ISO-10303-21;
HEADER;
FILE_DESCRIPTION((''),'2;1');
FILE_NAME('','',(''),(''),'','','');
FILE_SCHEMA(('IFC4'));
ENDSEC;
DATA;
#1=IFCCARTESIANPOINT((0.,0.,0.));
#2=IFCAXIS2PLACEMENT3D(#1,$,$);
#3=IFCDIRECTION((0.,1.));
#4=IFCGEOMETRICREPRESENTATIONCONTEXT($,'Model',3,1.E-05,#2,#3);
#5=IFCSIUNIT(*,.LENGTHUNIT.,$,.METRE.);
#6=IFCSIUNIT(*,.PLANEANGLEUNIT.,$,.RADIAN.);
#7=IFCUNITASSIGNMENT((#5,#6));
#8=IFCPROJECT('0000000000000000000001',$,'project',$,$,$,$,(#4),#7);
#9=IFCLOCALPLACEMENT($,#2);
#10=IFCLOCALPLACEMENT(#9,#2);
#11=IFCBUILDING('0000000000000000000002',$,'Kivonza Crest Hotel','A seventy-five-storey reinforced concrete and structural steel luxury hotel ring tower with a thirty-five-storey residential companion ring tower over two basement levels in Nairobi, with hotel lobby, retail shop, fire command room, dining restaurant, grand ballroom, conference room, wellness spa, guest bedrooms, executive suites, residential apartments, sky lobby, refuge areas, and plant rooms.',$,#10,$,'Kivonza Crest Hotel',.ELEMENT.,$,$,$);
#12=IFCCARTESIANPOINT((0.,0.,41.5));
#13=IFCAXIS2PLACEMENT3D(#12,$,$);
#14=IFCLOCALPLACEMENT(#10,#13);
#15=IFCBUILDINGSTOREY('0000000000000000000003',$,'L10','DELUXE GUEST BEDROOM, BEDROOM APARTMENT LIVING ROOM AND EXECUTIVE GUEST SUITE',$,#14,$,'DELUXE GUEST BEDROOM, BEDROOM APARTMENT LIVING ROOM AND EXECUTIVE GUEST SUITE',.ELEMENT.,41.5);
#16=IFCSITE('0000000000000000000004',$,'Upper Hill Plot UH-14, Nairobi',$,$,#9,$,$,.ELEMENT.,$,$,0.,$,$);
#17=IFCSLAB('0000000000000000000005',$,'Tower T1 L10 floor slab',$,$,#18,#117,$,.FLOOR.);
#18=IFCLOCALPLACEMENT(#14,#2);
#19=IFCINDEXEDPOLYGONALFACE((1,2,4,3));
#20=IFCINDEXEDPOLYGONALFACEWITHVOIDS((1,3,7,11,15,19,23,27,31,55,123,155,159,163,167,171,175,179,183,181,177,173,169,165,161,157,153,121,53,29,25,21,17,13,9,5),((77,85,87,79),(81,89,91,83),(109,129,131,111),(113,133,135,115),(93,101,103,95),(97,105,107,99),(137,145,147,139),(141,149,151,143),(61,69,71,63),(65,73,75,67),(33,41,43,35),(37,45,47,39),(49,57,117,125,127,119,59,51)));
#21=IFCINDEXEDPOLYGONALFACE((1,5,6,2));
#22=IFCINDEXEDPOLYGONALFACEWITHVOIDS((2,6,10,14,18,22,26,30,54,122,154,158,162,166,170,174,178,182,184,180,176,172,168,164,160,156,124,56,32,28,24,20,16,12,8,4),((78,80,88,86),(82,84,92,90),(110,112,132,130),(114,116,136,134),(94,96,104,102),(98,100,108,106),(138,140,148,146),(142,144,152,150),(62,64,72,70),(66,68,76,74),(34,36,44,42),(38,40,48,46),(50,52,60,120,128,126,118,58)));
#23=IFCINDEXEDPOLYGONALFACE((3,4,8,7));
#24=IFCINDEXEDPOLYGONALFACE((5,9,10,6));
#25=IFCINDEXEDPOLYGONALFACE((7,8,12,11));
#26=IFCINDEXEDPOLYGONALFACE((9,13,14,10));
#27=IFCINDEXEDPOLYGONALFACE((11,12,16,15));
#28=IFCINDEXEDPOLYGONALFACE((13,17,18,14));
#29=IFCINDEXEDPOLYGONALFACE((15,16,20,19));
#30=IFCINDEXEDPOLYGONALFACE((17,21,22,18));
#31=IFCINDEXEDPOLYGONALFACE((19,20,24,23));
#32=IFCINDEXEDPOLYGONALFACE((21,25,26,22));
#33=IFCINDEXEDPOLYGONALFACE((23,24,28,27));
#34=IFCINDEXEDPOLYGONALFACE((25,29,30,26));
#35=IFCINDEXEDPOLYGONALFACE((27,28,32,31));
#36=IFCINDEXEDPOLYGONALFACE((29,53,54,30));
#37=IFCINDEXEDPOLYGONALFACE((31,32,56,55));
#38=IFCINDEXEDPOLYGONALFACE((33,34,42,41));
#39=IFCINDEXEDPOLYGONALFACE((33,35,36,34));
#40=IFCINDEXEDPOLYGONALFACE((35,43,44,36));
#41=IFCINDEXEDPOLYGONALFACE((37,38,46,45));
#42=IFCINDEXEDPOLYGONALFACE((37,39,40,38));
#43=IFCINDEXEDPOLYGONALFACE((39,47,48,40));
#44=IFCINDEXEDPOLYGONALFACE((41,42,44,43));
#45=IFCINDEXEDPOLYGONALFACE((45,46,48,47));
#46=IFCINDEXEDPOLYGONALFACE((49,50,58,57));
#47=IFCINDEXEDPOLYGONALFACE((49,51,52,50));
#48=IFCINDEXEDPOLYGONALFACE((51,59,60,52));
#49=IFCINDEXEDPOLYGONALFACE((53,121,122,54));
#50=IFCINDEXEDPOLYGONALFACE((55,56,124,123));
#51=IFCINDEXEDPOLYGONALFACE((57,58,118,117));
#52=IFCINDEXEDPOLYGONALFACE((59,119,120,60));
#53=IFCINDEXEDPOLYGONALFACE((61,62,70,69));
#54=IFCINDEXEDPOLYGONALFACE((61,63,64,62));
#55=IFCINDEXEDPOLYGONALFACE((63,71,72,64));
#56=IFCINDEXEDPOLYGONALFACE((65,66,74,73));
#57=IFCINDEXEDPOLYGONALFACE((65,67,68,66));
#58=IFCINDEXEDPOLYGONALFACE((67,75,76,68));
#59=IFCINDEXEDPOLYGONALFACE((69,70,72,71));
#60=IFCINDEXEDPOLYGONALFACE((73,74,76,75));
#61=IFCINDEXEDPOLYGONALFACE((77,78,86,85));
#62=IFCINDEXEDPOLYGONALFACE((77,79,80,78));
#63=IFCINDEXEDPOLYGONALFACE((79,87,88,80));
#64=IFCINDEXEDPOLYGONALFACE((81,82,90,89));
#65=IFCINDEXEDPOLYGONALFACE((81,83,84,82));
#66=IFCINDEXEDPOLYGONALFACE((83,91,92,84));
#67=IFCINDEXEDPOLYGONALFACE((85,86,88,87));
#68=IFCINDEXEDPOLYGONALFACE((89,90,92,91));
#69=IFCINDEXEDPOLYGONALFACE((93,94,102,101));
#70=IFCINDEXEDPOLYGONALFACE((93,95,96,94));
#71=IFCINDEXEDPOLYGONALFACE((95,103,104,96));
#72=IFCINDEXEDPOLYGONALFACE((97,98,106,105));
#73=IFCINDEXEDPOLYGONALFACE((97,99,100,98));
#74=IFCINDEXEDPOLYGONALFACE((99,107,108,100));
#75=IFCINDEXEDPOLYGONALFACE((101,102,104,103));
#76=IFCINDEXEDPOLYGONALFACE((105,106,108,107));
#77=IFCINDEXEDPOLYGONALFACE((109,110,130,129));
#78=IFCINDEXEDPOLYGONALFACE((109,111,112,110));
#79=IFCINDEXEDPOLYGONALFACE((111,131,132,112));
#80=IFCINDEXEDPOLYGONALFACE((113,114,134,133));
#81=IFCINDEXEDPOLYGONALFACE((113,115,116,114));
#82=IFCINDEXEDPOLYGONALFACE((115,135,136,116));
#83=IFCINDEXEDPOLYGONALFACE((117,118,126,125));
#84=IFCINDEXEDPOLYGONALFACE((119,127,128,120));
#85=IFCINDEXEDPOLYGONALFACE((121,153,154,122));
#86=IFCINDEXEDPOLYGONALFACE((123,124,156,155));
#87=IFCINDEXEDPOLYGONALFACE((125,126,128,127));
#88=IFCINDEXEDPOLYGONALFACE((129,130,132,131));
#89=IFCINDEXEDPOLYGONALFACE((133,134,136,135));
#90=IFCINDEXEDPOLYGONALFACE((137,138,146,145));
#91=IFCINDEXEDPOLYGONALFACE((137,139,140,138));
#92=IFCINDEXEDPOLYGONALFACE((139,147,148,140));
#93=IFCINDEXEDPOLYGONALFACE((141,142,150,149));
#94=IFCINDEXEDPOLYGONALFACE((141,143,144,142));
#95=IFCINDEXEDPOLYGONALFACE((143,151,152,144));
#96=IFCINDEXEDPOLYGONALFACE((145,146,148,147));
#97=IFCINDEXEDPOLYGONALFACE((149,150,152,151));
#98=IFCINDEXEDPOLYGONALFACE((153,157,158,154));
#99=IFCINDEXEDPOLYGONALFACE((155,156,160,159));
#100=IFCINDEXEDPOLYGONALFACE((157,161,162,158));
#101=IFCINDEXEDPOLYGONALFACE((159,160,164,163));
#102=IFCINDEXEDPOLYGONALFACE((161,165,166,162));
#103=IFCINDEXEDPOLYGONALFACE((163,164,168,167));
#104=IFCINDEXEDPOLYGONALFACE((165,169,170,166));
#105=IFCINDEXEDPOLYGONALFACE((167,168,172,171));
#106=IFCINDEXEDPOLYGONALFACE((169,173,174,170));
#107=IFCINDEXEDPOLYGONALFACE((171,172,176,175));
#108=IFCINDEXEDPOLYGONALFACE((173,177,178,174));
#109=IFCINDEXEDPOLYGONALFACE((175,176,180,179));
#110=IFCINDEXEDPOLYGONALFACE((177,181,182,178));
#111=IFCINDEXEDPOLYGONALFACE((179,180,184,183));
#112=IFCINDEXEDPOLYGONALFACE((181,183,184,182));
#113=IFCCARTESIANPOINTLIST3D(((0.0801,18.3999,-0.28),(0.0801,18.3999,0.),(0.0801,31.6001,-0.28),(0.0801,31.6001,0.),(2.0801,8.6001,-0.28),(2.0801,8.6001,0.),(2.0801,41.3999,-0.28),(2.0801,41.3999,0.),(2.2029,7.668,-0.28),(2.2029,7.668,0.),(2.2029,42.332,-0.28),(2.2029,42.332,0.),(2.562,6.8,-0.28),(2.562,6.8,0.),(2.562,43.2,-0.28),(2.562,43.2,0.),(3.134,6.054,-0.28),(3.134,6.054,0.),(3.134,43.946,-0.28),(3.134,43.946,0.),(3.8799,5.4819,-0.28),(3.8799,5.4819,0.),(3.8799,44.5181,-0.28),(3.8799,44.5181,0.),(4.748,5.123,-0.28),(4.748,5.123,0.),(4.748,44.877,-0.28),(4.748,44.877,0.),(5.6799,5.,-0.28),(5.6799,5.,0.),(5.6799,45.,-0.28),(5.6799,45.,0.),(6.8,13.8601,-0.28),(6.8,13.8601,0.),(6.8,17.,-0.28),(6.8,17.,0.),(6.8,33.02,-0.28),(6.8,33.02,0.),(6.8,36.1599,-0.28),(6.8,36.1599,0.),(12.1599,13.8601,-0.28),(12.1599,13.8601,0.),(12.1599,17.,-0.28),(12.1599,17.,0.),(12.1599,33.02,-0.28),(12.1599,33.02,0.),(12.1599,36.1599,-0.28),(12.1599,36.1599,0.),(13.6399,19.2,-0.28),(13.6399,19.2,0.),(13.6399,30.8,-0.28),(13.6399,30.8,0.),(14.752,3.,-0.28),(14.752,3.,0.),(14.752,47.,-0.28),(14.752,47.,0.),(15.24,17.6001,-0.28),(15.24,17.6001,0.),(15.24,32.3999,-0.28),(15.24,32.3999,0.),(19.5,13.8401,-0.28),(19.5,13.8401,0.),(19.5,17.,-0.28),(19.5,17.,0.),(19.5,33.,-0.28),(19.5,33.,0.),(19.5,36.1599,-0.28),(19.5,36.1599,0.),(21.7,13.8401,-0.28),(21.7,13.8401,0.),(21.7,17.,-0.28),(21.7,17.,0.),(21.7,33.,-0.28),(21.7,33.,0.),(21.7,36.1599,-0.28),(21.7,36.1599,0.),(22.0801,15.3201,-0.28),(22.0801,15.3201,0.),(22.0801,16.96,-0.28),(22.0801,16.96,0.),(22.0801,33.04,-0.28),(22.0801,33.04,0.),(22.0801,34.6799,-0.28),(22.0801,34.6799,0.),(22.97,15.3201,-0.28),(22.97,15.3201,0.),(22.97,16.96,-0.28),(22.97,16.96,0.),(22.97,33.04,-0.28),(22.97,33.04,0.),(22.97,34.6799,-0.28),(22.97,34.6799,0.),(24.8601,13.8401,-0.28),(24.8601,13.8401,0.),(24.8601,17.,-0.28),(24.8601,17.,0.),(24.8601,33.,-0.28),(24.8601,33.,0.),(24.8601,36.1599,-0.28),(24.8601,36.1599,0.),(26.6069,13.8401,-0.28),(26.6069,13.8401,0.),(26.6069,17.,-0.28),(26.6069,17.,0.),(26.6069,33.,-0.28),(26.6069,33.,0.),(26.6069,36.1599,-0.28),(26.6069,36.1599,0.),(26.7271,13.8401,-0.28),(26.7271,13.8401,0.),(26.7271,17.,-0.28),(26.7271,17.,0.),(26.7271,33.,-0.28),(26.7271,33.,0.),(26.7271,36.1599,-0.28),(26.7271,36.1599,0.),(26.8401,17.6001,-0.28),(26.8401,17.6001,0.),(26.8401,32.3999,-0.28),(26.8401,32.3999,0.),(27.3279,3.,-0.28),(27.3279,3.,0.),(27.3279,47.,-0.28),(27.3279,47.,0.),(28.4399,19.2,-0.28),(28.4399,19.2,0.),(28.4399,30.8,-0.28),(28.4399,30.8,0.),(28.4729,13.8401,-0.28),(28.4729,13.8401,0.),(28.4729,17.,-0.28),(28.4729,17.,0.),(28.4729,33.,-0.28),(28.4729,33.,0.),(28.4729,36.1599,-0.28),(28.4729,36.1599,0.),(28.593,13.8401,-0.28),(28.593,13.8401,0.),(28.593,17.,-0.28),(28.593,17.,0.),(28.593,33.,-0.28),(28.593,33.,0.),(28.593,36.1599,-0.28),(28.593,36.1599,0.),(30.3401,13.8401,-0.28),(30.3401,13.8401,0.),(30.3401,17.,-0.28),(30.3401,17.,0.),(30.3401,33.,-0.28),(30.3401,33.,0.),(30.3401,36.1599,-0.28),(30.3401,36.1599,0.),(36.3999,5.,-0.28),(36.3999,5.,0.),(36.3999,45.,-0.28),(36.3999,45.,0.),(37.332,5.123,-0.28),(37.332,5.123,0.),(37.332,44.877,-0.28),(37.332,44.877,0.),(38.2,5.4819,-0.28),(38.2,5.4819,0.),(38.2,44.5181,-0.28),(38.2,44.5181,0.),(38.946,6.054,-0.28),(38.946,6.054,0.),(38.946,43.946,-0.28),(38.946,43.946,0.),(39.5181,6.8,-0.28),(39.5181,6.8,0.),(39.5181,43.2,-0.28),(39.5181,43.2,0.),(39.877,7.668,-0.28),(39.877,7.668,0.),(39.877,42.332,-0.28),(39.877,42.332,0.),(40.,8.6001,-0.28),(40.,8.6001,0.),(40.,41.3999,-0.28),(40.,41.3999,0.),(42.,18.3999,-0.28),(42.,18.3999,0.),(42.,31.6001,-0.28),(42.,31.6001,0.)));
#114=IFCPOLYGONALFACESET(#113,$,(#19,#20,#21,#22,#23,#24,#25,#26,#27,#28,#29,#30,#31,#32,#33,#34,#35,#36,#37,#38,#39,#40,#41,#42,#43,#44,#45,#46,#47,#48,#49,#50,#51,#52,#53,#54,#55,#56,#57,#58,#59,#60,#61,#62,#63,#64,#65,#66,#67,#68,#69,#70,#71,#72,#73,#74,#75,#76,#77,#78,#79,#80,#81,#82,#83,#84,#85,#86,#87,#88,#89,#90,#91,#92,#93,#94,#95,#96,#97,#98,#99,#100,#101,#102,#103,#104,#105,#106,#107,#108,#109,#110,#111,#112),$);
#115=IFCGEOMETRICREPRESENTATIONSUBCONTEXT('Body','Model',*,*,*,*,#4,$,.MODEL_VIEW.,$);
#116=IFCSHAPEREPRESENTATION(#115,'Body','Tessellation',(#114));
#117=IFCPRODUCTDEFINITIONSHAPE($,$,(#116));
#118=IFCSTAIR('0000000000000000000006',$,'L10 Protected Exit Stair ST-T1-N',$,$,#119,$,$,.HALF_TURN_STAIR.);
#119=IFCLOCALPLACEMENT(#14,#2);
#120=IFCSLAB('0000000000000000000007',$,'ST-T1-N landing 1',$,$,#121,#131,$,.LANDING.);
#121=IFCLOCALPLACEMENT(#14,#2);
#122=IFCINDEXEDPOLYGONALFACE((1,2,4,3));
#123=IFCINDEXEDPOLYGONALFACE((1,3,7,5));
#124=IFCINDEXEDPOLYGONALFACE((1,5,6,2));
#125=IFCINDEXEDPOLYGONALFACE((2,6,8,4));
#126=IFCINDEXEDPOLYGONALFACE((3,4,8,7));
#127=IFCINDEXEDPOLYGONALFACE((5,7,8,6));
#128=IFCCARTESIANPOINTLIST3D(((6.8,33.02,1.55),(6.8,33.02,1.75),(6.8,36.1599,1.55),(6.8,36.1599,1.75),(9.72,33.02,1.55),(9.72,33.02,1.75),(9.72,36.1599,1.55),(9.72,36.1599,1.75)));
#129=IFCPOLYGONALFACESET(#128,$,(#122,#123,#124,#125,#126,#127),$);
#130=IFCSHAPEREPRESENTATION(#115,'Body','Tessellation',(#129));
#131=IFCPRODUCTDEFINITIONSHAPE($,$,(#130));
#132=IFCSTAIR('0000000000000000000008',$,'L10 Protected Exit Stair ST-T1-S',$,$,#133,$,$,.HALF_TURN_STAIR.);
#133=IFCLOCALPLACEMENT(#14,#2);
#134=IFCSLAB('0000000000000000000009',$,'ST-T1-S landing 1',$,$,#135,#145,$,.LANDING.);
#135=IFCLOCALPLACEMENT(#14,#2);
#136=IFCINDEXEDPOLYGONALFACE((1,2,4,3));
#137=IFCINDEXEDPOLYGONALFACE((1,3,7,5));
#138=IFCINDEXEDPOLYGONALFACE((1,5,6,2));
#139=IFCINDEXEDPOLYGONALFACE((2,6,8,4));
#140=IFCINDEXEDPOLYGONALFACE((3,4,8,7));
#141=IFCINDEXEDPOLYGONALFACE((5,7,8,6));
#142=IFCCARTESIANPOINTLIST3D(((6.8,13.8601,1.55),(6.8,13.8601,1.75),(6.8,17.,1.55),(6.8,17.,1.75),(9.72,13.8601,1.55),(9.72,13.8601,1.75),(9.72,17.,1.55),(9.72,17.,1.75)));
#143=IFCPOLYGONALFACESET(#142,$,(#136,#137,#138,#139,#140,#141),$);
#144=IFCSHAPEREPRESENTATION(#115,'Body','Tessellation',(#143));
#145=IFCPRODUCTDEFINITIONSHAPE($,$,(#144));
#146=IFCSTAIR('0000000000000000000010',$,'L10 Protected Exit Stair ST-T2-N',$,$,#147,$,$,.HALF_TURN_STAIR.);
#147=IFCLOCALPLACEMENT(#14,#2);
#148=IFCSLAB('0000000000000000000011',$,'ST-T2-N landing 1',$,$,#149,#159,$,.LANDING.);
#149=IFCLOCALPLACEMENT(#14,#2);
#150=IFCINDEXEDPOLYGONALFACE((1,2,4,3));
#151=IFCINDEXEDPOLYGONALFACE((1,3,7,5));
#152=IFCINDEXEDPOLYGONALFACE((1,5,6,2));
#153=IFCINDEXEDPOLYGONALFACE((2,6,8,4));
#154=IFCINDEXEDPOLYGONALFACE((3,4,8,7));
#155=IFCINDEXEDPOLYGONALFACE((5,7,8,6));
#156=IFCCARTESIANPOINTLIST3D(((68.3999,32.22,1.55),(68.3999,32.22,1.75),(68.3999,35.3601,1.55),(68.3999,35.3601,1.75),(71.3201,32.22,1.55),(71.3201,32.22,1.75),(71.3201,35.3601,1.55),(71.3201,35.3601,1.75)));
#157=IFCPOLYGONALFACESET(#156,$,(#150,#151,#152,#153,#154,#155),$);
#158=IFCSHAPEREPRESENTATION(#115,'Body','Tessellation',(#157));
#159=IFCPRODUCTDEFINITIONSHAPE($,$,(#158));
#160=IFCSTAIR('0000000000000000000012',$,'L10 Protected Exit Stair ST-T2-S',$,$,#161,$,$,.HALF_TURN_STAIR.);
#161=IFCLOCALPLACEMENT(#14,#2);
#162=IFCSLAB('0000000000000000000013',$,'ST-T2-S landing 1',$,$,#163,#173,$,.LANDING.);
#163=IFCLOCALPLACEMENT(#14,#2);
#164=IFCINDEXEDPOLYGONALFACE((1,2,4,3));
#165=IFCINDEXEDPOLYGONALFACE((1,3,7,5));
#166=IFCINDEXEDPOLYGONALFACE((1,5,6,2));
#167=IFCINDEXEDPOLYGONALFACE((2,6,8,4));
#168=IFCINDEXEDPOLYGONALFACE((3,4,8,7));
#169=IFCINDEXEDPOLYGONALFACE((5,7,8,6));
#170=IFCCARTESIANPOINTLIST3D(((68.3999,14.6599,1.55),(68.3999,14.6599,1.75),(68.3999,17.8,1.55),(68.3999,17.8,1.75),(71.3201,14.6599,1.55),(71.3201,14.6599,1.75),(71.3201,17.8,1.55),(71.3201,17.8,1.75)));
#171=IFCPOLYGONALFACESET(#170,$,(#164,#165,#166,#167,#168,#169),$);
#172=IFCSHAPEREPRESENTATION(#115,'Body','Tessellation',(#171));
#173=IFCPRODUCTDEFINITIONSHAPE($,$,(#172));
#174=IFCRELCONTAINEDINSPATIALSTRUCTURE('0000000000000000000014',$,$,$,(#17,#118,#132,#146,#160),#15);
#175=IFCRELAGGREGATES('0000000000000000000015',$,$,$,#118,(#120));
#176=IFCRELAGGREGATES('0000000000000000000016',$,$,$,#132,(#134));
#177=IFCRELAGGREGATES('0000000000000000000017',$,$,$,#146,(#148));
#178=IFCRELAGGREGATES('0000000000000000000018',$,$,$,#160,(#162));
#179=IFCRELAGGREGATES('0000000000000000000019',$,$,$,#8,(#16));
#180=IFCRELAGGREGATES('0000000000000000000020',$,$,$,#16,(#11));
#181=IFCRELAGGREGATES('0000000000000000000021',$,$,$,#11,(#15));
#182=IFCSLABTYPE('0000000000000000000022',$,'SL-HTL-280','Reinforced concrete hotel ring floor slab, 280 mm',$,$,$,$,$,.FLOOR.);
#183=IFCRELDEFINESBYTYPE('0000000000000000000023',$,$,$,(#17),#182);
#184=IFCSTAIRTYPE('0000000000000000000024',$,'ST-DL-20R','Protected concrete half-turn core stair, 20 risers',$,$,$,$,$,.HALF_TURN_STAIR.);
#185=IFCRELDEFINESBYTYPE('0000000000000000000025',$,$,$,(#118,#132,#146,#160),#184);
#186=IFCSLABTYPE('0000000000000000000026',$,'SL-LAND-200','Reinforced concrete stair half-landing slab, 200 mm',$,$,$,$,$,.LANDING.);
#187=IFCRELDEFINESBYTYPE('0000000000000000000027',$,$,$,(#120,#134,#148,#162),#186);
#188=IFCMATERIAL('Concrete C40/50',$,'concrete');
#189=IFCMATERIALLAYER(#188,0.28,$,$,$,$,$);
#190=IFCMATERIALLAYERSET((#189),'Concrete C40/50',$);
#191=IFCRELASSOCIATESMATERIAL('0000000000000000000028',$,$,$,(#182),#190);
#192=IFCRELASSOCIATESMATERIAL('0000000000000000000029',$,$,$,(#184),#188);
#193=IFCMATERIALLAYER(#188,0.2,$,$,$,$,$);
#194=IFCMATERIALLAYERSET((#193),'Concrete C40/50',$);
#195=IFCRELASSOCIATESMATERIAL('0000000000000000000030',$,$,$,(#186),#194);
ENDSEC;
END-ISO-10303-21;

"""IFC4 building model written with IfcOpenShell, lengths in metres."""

from ifc_helpers import new_model, si_unit, direction, frame, origin, place, context, subcontext, project, spatial, polyline, outline, extrude, material, layer, layer_set, type_object, element, aggregate, save


model = new_model("IFC4")

# Units and contexts
model_context = context("Model", 3, precision=1e-05, world=origin(), true_north=direction((0.0, 1.0)))
body_context = subcontext(model_context, "Body", "Model", "MODEL_VIEW")
ifc_project = project(units=[si_unit("LENGTHUNIT", "METRE"), si_unit("PLANEANGLEUNIT", "RADIAN")], contexts=[model_context])

# Site, building, storey
site_placement = place(None, origin())
site = spatial("IfcSite", under=ifc_project, at=site_placement, Name="Upper Hill Plot UH-14, Nairobi", CompositionType="ELEMENT", RefElevation=0.0)
building_placement = place(site_placement, origin())
building = spatial("IfcBuilding", under=site, at=building_placement, Name="Kivonza Crest Hotel", Description="A seventy-five-storey reinforced concrete and structural steel luxury hotel ring tower with a thirty-five-storey residential companion ring tower over two basement levels in Nairobi, with hotel lobby, retail shop, fire command room, dining restaurant, grand ballroom, conference room, wellness spa, guest bedrooms, executive suites, residential apartments, sky lobby, refuge areas, and plant rooms.", LongName="Kivonza Crest Hotel", CompositionType="ELEMENT")
storey_placement = place(building_placement, frame((0.0, 0.0, 41.5)))
storey = spatial("IfcBuildingStorey", under=building, at=storey_placement, Name="L10", Description="DELUXE GUEST BEDROOM, BEDROOM APARTMENT LIVING ROOM AND EXECUTIVE GUEST SUITE", LongName="DELUXE GUEST BEDROOM, BEDROOM APARTMENT LIVING ROOM AND EXECUTIVE GUEST SUITE", CompositionType="ELEMENT", Elevation=41.5)

# Slab
ifc_material_1 = material(Name="Concrete C40/50", Category="concrete")
ifc_layer_1 = layer(ifc_material_1, 0.28)
ifc_layer_set_1 = layer_set([ifc_layer_1], Name="Concrete C40/50")
slab_type_1 = type_object("IfcSlabType", Name="SL-HTL-280", Description="Reinforced concrete hotel ring floor slab, 280 mm", PredefinedType="FLOOR", material=ifc_layer_set_1)
slab_1_placement = place(storey_placement, frame((0.0, 0.0, -0.28)))
element("IfcSlab", 1, at=slab_1_placement, inside=storey, type_object=slab_type_1, Name="Tower T1 L10 floor slab", PredefinedType="FLOOR", context=body_context, shape_type="SweptSolid", body=[
    extrude(outline(polyline([(2.0801, 8.6001), (2.2029, 7.668), (2.562, 6.8), (3.134, 6.054), (3.8799, 5.4819), (4.748, 5.123), (5.6799, 5.0), (14.752, 3.0), (27.3279, 3.0), (36.3999, 5.0), (37.332, 5.123), (38.2, 5.4819), (38.946, 6.054), (39.5181, 6.8), (39.877, 7.668), (40.0, 8.6001), (42.0, 18.3999), (42.0, 31.6001), (40.0, 41.3999), (39.877, 42.332), (39.5181, 43.2), (38.946, 43.946), (38.2, 44.5181), (37.332, 44.877), (36.3999, 45.0), (27.3279, 47.0), (14.752, 47.0), (5.6799, 45.0), (4.748, 44.877), (3.8799, 44.5181), (3.134, 43.946), (2.562, 43.2), (2.2029, 42.332), (2.0801, 41.3999), (0.0801, 31.6001), (0.0801, 18.3999), (2.0801, 8.6001)]), holes=[polyline([(15.24, 17.6001), (26.8401, 17.6001), (28.4399, 19.2), (28.4399, 30.8), (26.8401, 32.3999), (15.24, 32.3999), (13.6399, 30.8), (13.6399, 19.2), (15.24, 17.6001)]), polyline([(6.8, 33.02), (12.1599, 33.02), (12.1599, 36.1599), (6.8, 36.1599), (6.8, 33.02)]), polyline([(6.8, 13.8601), (12.1599, 13.8601), (12.1599, 17.0), (6.8, 17.0), (6.8, 13.8601)]), polyline([(22.0801, 33.04), (22.97, 33.04), (22.97, 34.6799), (22.0801, 34.6799), (22.0801, 33.04)]), polyline([(22.0801, 15.3201), (22.97, 15.3201), (22.97, 16.96), (22.0801, 16.96), (22.0801, 15.3201)]), polyline([(19.5, 33.0), (21.7, 33.0), (21.7, 36.1599), (19.5, 36.1599), (19.5, 33.0)]), polyline([(24.8601, 33.0), (26.6069, 33.0), (26.6069, 36.1599), (24.8601, 36.1599), (24.8601, 33.0)]), polyline([(26.7271, 33.0), (28.4729, 33.0), (28.4729, 36.1599), (26.7271, 36.1599), (26.7271, 33.0)]), polyline([(28.593, 33.0), (30.3401, 33.0), (30.3401, 36.1599), (28.593, 36.1599), (28.593, 33.0)]), polyline([(19.5, 13.8401), (21.7, 13.8401), (21.7, 17.0), (19.5, 17.0), (19.5, 13.8401)]), polyline([(24.8601, 13.8401), (26.6069, 13.8401), (26.6069, 17.0), (24.8601, 17.0), (24.8601, 13.8401)]), polyline([(26.7271, 13.8401), (28.4729, 13.8401), (28.4729, 17.0), (26.7271, 17.0), (26.7271, 13.8401)]), polyline([(28.593, 13.8401), (30.3401, 13.8401), (30.3401, 17.0), (28.593, 17.0), (28.593, 13.8401)])]), origin(), (0.0, 0.0, 1.0), 0.28),
])

# Stairs, slabs
stair_type = type_object("IfcStairType", Name="ST-DL-20R", Description="Protected concrete half-turn core stair, 20 risers", PredefinedType="HALF_TURN_STAIR", material=ifc_material_1)
stair_1_placement = place(storey_placement, origin())
stair_1 = element("IfcStair", 2, at=stair_1_placement, inside=storey, type_object=stair_type, Name="L10 Protected Exit Stair ST-T1-N", PredefinedType="HALF_TURN_STAIR")
ifc_layer_2 = layer(ifc_material_1, 0.2)
ifc_layer_set_2 = layer_set([ifc_layer_2], Name="Concrete C40/50")
slab_type_2 = type_object("IfcSlabType", Name="SL-LAND-200", Description="Reinforced concrete stair half-landing slab, 200 mm", PredefinedType="LANDING", material=ifc_layer_set_2)
slab_2_placement = place(storey_placement, frame((0.0, 0.0, 1.55)))
slab_2 = element("IfcSlab", 3, at=slab_2_placement, type_object=slab_type_2, Name="ST-T1-N landing 1", PredefinedType="LANDING", context=body_context, shape_type="SweptSolid", body=[
    extrude(outline(polyline([(9.72, 36.1599), (6.8, 36.1599), (6.8, 33.02), (9.72, 33.02), (9.72, 36.1599)])), origin(), (0.0, 0.0, 1.0), 0.2),
])
aggregate(stair_1, [slab_2])
stair_2_placement = place(storey_placement, origin())
stair_2 = element("IfcStair", 4, at=stair_2_placement, inside=storey, type_object=stair_type, Name="L10 Protected Exit Stair ST-T1-S", PredefinedType="HALF_TURN_STAIR")
slab_3_placement = place(storey_placement, frame((0.0, 0.0, 1.55)))
slab_3 = element("IfcSlab", 5, at=slab_3_placement, type_object=slab_type_2, Name="ST-T1-S landing 1", PredefinedType="LANDING", context=body_context, shape_type="SweptSolid", body=[
    extrude(outline(polyline([(9.72, 17.0), (6.8, 17.0), (6.8, 13.8601), (9.72, 13.8601), (9.72, 17.0)])), origin(), (0.0, 0.0, 1.0), 0.2),
])
aggregate(stair_2, [slab_3])
stair_3_placement = place(storey_placement, origin())
stair_3 = element("IfcStair", 6, at=stair_3_placement, inside=storey, type_object=stair_type, Name="L10 Protected Exit Stair ST-T2-N", PredefinedType="HALF_TURN_STAIR")
slab_4_placement = place(storey_placement, frame((0.0, 0.0, 1.55)))
slab_4 = element("IfcSlab", 7, at=slab_4_placement, type_object=slab_type_2, Name="ST-T2-N landing 1", PredefinedType="LANDING", context=body_context, shape_type="SweptSolid", body=[
    extrude(outline(polyline([(71.3201, 35.3601), (68.3999, 35.3601), (68.3999, 32.22), (71.3201, 32.22), (71.3201, 35.3601)])), origin(), (0.0, 0.0, 1.0), 0.2),
])
aggregate(stair_3, [slab_4])
stair_4_placement = place(storey_placement, origin())
stair_4 = element("IfcStair", 8, at=stair_4_placement, inside=storey, type_object=stair_type, Name="L10 Protected Exit Stair ST-T2-S", PredefinedType="HALF_TURN_STAIR")
slab_5_placement = place(storey_placement, frame((0.0, 0.0, 1.55)))
slab_5 = element("IfcSlab", 9, at=slab_5_placement, type_object=slab_type_2, Name="ST-T2-S landing 1", PredefinedType="LANDING", context=body_context, shape_type="SweptSolid", body=[
    extrude(outline(polyline([(71.3201, 17.8), (68.3999, 17.8), (68.3999, 14.6599), (71.3201, 14.6599), (71.3201, 17.8)])), origin(), (0.0, 0.0, 1.0), 0.2),
])
aggregate(stair_4, [slab_5])

save(model, "model.ifc")
